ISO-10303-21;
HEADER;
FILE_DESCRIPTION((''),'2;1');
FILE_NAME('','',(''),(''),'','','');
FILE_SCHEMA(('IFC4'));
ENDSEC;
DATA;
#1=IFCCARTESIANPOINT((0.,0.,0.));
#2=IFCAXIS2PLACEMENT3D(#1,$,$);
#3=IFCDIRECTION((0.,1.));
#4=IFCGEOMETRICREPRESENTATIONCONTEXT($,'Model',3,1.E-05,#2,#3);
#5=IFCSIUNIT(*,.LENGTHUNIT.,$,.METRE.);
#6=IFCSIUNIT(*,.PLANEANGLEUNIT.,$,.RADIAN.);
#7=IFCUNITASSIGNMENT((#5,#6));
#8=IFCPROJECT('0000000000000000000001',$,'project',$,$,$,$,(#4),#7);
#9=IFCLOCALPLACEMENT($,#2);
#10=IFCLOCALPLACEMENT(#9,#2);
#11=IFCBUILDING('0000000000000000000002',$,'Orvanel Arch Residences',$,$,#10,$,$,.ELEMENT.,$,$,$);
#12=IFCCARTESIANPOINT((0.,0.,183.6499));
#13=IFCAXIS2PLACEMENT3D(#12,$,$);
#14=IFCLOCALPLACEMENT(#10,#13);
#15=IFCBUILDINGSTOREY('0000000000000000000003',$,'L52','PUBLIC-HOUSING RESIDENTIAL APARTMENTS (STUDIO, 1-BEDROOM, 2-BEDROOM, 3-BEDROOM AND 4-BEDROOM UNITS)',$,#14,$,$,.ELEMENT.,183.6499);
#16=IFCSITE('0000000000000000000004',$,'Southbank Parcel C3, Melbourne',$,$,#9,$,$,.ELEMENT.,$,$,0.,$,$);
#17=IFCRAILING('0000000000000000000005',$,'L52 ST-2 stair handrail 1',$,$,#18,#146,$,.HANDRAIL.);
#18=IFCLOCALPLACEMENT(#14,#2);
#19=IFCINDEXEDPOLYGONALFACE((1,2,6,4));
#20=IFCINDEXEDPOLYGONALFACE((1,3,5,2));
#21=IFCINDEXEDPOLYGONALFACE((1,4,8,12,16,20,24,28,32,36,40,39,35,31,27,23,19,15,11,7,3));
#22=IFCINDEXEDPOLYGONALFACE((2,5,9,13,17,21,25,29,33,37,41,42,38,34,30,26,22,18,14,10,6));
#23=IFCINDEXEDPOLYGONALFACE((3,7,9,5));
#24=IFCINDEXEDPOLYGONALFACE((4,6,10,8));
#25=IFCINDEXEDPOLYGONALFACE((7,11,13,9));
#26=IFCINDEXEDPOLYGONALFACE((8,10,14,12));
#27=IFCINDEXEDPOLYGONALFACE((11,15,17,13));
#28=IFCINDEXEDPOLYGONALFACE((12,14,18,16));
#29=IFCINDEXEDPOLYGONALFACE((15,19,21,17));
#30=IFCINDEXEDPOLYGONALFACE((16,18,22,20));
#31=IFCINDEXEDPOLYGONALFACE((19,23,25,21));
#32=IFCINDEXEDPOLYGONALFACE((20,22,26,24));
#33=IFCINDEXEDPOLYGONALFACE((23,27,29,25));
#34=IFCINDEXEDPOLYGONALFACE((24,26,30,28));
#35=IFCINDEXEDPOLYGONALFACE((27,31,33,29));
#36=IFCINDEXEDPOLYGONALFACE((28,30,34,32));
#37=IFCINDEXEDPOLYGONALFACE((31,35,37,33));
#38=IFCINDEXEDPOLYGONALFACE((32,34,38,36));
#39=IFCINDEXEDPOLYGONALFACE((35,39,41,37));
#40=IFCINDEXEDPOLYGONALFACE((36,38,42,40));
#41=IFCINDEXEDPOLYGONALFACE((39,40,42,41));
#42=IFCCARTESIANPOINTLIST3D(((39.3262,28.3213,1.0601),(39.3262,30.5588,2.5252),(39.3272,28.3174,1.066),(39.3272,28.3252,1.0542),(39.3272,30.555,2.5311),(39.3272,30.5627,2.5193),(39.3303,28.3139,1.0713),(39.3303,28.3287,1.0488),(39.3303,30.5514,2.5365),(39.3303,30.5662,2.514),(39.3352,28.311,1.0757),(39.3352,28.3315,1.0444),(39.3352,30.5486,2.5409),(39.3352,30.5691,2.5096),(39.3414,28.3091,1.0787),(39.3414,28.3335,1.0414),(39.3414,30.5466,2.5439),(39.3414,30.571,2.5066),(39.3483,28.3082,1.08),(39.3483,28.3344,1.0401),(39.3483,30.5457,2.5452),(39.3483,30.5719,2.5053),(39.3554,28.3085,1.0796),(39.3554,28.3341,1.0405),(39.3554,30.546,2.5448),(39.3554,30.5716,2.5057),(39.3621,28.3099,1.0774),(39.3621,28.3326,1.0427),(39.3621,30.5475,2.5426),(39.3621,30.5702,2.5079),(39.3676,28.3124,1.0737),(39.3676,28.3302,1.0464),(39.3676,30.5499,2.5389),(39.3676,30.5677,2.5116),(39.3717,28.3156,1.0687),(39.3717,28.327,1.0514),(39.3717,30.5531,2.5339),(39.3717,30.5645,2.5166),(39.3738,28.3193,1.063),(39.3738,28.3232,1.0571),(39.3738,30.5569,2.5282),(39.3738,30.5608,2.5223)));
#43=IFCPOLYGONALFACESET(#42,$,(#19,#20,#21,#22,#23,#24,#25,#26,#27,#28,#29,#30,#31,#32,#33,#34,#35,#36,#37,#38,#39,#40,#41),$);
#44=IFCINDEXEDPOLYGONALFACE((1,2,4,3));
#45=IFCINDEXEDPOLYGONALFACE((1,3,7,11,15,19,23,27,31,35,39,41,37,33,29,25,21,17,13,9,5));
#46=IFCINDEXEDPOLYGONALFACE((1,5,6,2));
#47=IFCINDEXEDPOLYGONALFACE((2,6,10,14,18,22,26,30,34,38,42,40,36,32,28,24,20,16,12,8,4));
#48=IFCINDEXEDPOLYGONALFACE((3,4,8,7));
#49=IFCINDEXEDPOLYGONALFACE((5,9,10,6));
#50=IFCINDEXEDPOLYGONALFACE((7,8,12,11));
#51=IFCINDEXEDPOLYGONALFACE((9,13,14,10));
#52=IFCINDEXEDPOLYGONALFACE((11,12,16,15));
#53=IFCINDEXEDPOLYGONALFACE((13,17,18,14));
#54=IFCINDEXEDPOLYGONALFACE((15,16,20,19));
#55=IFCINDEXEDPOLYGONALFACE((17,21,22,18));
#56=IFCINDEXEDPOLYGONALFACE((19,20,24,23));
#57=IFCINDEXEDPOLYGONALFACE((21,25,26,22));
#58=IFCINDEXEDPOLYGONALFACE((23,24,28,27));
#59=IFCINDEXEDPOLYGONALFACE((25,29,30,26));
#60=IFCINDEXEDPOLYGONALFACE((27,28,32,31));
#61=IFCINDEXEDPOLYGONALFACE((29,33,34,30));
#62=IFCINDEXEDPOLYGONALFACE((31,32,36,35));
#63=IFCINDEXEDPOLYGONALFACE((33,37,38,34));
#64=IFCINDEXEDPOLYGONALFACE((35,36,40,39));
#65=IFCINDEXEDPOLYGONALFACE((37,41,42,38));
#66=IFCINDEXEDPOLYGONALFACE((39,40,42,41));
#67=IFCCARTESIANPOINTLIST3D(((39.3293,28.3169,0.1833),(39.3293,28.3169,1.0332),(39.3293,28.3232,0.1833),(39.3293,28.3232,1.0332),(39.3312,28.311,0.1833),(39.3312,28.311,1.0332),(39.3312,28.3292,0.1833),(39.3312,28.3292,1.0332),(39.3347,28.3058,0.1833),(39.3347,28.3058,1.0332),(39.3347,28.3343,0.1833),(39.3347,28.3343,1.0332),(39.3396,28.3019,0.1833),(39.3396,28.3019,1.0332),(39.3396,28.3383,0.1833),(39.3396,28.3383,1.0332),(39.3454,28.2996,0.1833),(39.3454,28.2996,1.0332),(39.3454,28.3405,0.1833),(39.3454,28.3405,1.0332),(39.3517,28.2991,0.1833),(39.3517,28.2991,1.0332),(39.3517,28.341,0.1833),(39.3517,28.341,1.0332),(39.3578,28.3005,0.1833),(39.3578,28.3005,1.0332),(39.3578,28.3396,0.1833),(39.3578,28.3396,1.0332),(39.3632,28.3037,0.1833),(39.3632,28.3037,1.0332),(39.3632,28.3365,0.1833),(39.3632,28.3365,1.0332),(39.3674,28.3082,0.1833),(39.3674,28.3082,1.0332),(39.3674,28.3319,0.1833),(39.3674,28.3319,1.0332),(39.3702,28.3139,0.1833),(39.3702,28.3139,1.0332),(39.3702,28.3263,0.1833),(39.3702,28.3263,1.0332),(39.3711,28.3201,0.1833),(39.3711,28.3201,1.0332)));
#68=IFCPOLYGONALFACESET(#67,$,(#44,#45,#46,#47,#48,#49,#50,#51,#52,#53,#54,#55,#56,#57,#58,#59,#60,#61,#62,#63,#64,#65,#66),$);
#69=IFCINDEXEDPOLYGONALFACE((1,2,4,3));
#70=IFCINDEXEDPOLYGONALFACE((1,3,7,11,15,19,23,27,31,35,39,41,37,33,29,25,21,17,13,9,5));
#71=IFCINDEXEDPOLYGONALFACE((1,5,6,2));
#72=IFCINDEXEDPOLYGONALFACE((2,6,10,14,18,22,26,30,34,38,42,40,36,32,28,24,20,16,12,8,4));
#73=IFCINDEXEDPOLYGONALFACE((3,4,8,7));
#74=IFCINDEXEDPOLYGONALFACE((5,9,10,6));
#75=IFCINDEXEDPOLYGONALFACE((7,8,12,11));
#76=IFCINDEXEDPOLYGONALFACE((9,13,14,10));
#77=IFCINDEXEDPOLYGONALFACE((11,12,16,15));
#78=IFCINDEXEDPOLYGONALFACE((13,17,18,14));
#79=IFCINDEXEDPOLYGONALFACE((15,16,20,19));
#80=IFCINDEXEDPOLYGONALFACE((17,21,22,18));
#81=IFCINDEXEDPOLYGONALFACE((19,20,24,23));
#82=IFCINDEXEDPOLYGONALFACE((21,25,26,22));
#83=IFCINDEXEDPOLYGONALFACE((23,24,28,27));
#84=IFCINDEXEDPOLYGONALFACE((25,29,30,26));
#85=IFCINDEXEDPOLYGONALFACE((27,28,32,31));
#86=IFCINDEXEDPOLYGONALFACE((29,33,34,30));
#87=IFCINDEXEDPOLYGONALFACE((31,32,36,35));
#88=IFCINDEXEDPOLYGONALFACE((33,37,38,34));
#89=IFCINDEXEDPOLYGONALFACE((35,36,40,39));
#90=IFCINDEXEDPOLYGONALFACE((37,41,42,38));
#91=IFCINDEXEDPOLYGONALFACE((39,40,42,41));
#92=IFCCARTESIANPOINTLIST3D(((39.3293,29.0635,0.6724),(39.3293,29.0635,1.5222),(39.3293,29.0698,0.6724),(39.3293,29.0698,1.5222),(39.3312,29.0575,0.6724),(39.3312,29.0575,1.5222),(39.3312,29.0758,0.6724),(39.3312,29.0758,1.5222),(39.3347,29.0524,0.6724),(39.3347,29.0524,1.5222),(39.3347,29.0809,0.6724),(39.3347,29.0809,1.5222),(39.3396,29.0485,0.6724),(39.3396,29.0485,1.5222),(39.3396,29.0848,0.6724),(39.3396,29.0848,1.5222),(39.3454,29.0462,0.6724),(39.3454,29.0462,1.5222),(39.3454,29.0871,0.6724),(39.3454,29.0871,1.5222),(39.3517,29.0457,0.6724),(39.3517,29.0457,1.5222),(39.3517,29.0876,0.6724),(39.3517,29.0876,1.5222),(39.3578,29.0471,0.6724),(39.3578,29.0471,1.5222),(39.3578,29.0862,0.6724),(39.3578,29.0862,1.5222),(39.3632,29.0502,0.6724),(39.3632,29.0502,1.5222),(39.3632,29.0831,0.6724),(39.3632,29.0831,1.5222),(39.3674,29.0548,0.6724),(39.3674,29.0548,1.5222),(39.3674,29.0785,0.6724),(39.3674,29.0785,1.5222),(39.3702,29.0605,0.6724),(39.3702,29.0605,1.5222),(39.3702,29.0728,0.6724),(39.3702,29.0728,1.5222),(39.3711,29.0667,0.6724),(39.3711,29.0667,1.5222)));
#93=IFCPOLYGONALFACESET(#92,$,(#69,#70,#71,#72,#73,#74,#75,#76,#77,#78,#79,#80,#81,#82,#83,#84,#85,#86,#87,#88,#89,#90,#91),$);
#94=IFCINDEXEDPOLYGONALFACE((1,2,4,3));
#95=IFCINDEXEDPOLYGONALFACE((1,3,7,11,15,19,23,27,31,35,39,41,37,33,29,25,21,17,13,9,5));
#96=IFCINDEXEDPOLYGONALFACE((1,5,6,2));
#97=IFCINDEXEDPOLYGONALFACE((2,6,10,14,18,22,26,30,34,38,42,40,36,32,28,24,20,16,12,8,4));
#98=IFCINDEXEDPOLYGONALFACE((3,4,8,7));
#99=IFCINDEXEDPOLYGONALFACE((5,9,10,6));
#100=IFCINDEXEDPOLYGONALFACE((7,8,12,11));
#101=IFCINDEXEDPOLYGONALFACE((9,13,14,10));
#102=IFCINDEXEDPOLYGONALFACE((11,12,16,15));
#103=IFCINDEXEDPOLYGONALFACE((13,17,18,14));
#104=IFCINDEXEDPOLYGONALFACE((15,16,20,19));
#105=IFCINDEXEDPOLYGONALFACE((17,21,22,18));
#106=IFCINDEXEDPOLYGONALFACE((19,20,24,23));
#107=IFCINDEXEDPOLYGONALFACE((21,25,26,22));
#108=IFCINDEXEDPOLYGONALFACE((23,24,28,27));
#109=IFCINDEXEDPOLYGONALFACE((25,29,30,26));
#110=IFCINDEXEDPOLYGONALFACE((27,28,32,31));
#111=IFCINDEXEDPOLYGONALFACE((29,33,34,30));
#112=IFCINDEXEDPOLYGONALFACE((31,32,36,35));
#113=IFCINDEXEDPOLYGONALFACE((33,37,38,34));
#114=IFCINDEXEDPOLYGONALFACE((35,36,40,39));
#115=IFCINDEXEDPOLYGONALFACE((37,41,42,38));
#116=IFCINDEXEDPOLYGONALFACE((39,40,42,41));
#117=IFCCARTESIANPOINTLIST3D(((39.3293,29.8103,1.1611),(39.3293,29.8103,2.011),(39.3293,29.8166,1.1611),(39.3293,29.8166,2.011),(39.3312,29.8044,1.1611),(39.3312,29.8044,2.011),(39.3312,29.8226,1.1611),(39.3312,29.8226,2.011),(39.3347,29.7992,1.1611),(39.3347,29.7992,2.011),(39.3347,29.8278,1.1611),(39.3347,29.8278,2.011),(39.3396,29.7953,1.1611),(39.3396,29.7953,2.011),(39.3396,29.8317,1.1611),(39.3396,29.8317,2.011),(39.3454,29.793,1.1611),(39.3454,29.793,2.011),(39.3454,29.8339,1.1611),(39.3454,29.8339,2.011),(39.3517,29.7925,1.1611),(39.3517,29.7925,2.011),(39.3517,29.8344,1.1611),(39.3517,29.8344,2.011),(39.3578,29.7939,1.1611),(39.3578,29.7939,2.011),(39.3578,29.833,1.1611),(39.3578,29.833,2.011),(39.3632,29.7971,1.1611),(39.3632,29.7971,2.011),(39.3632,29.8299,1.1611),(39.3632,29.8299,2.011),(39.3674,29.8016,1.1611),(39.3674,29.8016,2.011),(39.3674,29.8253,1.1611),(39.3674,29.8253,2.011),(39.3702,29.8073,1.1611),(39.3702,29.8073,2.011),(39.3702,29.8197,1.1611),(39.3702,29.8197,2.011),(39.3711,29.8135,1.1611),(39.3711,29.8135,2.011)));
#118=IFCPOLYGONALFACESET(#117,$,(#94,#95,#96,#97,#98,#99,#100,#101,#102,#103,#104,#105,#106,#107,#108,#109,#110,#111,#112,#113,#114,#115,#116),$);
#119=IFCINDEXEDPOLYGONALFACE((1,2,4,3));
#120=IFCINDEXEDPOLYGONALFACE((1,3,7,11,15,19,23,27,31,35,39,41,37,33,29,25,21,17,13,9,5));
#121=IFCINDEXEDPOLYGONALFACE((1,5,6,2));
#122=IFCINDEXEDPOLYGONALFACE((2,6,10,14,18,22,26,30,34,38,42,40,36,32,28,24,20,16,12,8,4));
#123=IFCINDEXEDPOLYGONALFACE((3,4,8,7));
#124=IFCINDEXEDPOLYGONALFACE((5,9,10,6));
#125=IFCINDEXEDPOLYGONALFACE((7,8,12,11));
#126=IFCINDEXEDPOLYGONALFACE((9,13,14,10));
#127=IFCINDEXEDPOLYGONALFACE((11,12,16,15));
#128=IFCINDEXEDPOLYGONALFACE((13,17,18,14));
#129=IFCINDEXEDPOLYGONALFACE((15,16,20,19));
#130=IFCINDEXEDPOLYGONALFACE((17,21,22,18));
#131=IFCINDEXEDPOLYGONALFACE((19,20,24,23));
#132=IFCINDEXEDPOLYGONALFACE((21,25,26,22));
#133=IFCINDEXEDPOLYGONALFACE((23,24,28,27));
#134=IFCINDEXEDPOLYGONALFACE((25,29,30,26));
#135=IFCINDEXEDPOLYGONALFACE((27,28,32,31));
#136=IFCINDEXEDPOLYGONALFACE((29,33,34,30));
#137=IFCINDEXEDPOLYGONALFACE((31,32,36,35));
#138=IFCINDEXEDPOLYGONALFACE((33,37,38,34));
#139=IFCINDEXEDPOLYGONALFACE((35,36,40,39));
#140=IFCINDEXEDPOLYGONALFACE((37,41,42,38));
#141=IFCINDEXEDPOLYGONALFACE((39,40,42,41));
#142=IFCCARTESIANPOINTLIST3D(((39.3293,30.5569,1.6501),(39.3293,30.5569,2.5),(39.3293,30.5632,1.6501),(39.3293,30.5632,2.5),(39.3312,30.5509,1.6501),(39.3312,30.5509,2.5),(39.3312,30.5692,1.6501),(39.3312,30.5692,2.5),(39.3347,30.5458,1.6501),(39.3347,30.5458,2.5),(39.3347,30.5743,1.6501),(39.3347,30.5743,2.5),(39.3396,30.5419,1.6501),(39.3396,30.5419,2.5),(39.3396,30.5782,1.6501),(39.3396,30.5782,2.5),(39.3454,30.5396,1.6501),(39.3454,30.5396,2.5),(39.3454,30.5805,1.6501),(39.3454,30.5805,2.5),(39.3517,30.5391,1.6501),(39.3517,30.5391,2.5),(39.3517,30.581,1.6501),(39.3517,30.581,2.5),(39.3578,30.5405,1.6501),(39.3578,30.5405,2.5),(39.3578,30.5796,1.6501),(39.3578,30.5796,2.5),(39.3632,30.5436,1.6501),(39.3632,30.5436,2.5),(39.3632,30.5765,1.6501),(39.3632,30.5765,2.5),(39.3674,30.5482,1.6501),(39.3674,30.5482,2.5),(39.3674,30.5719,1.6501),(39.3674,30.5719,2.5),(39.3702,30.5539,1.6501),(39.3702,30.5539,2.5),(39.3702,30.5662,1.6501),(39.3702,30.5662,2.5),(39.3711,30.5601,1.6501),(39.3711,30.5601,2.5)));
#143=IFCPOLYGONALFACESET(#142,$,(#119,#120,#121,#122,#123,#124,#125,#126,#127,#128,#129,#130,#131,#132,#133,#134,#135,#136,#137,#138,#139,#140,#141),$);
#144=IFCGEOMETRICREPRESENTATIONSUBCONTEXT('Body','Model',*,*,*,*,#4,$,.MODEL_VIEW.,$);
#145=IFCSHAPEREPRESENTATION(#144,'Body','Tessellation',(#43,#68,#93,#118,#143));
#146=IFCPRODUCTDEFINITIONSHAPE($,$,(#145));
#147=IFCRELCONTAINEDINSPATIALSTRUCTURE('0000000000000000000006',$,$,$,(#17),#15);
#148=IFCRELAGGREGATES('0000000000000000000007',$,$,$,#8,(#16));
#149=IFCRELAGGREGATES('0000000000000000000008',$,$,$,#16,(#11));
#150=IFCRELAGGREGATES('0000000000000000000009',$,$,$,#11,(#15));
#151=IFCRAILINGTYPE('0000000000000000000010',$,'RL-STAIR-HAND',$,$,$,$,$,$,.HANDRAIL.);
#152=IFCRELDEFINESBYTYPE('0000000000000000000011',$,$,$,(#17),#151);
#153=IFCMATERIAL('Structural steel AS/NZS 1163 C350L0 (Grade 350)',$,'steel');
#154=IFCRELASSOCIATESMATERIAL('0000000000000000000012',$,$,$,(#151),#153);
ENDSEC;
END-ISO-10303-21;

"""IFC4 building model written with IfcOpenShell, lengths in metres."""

from ifc_helpers import new_model, si_unit, direction, frame, origin, origin_2d, place, context, subcontext, project, spatial, circle, extrude, material, type_object, element, save


model = new_model("IFC4")

# Units and contexts
model_context = context("Model", 3, precision=1e-05, world=origin(), true_north=direction((0.0, 1.0)))
body_context = subcontext(model_context, "Body", "Model", "MODEL_VIEW")
ifc_project = project(units=[si_unit("LENGTHUNIT", "METRE"), si_unit("PLANEANGLEUNIT", "RADIAN")], contexts=[model_context])

# Site, building, storey
site_placement = place(None, origin())
site = spatial("IfcSite", under=ifc_project, at=site_placement, Name="Southbank Parcel C3, Melbourne", CompositionType="ELEMENT", RefElevation=0.0)
building_placement = place(site_placement, origin())
building = spatial("IfcBuilding", under=site, at=building_placement, Name="Orvanel Arch Residences", CompositionType="ELEMENT")
storey_placement = place(building_placement, frame((0.0, 0.0, 183.6499)))
storey = spatial("IfcBuildingStorey", under=building, at=storey_placement, Name="L52", Description="PUBLIC-HOUSING RESIDENTIAL APARTMENTS (STUDIO, 1-BEDROOM, 2-BEDROOM, 3-BEDROOM AND 4-BEDROOM UNITS)", CompositionType="ELEMENT", Elevation=183.6499)

# Railing
ifc_material_1 = material(Name="Structural steel AS/NZS 1163 C350L0 (Grade 350)", Category="steel")
railing_type_1 = type_object("IfcRailingType", Name="RL-STAIR-HAND", PredefinedType="HANDRAIL", material=ifc_material_1)
railing_1_placement = place(storey_placement, frame((39.3501, 28.3201, 0.1833)))
element("IfcRailing", 1, at=railing_1_placement, inside=storey, type_object=railing_type_1, Name="L52 ST-2 stair handrail 1", PredefinedType="HANDRAIL", context=body_context, shape_type="SweptSolid", body=[
    extrude(circle(Radius=0.0239, at=origin_2d()), frame((0.0, 0.0012, 0.8767), z_axis=(0.0, 0.836595, 0.547822), x_axis=(-1.0, 0.0, 0.0)), (0.0, 0.0, 1.0), 2.6746),
    extrude(circle(Radius=0.021, at=origin_2d()), origin(), (0.0, 0.0, 1.0), 0.8499),
    extrude(circle(Radius=0.021, at=origin_2d()), frame((0.0, 0.7466, 0.489)), (0.0, 0.0, 1.0), 0.8499),
    extrude(circle(Radius=0.021, at=origin_2d()), frame((0.0, 1.4934, 0.9778)), (0.0, 0.0, 1.0), 0.8499),
    extrude(circle(Radius=0.021, at=origin_2d()), frame((0.0, 2.24, 1.4668)), (0.0, 0.0, 1.0), 0.8499),
])

save(model, "model.ifc")
